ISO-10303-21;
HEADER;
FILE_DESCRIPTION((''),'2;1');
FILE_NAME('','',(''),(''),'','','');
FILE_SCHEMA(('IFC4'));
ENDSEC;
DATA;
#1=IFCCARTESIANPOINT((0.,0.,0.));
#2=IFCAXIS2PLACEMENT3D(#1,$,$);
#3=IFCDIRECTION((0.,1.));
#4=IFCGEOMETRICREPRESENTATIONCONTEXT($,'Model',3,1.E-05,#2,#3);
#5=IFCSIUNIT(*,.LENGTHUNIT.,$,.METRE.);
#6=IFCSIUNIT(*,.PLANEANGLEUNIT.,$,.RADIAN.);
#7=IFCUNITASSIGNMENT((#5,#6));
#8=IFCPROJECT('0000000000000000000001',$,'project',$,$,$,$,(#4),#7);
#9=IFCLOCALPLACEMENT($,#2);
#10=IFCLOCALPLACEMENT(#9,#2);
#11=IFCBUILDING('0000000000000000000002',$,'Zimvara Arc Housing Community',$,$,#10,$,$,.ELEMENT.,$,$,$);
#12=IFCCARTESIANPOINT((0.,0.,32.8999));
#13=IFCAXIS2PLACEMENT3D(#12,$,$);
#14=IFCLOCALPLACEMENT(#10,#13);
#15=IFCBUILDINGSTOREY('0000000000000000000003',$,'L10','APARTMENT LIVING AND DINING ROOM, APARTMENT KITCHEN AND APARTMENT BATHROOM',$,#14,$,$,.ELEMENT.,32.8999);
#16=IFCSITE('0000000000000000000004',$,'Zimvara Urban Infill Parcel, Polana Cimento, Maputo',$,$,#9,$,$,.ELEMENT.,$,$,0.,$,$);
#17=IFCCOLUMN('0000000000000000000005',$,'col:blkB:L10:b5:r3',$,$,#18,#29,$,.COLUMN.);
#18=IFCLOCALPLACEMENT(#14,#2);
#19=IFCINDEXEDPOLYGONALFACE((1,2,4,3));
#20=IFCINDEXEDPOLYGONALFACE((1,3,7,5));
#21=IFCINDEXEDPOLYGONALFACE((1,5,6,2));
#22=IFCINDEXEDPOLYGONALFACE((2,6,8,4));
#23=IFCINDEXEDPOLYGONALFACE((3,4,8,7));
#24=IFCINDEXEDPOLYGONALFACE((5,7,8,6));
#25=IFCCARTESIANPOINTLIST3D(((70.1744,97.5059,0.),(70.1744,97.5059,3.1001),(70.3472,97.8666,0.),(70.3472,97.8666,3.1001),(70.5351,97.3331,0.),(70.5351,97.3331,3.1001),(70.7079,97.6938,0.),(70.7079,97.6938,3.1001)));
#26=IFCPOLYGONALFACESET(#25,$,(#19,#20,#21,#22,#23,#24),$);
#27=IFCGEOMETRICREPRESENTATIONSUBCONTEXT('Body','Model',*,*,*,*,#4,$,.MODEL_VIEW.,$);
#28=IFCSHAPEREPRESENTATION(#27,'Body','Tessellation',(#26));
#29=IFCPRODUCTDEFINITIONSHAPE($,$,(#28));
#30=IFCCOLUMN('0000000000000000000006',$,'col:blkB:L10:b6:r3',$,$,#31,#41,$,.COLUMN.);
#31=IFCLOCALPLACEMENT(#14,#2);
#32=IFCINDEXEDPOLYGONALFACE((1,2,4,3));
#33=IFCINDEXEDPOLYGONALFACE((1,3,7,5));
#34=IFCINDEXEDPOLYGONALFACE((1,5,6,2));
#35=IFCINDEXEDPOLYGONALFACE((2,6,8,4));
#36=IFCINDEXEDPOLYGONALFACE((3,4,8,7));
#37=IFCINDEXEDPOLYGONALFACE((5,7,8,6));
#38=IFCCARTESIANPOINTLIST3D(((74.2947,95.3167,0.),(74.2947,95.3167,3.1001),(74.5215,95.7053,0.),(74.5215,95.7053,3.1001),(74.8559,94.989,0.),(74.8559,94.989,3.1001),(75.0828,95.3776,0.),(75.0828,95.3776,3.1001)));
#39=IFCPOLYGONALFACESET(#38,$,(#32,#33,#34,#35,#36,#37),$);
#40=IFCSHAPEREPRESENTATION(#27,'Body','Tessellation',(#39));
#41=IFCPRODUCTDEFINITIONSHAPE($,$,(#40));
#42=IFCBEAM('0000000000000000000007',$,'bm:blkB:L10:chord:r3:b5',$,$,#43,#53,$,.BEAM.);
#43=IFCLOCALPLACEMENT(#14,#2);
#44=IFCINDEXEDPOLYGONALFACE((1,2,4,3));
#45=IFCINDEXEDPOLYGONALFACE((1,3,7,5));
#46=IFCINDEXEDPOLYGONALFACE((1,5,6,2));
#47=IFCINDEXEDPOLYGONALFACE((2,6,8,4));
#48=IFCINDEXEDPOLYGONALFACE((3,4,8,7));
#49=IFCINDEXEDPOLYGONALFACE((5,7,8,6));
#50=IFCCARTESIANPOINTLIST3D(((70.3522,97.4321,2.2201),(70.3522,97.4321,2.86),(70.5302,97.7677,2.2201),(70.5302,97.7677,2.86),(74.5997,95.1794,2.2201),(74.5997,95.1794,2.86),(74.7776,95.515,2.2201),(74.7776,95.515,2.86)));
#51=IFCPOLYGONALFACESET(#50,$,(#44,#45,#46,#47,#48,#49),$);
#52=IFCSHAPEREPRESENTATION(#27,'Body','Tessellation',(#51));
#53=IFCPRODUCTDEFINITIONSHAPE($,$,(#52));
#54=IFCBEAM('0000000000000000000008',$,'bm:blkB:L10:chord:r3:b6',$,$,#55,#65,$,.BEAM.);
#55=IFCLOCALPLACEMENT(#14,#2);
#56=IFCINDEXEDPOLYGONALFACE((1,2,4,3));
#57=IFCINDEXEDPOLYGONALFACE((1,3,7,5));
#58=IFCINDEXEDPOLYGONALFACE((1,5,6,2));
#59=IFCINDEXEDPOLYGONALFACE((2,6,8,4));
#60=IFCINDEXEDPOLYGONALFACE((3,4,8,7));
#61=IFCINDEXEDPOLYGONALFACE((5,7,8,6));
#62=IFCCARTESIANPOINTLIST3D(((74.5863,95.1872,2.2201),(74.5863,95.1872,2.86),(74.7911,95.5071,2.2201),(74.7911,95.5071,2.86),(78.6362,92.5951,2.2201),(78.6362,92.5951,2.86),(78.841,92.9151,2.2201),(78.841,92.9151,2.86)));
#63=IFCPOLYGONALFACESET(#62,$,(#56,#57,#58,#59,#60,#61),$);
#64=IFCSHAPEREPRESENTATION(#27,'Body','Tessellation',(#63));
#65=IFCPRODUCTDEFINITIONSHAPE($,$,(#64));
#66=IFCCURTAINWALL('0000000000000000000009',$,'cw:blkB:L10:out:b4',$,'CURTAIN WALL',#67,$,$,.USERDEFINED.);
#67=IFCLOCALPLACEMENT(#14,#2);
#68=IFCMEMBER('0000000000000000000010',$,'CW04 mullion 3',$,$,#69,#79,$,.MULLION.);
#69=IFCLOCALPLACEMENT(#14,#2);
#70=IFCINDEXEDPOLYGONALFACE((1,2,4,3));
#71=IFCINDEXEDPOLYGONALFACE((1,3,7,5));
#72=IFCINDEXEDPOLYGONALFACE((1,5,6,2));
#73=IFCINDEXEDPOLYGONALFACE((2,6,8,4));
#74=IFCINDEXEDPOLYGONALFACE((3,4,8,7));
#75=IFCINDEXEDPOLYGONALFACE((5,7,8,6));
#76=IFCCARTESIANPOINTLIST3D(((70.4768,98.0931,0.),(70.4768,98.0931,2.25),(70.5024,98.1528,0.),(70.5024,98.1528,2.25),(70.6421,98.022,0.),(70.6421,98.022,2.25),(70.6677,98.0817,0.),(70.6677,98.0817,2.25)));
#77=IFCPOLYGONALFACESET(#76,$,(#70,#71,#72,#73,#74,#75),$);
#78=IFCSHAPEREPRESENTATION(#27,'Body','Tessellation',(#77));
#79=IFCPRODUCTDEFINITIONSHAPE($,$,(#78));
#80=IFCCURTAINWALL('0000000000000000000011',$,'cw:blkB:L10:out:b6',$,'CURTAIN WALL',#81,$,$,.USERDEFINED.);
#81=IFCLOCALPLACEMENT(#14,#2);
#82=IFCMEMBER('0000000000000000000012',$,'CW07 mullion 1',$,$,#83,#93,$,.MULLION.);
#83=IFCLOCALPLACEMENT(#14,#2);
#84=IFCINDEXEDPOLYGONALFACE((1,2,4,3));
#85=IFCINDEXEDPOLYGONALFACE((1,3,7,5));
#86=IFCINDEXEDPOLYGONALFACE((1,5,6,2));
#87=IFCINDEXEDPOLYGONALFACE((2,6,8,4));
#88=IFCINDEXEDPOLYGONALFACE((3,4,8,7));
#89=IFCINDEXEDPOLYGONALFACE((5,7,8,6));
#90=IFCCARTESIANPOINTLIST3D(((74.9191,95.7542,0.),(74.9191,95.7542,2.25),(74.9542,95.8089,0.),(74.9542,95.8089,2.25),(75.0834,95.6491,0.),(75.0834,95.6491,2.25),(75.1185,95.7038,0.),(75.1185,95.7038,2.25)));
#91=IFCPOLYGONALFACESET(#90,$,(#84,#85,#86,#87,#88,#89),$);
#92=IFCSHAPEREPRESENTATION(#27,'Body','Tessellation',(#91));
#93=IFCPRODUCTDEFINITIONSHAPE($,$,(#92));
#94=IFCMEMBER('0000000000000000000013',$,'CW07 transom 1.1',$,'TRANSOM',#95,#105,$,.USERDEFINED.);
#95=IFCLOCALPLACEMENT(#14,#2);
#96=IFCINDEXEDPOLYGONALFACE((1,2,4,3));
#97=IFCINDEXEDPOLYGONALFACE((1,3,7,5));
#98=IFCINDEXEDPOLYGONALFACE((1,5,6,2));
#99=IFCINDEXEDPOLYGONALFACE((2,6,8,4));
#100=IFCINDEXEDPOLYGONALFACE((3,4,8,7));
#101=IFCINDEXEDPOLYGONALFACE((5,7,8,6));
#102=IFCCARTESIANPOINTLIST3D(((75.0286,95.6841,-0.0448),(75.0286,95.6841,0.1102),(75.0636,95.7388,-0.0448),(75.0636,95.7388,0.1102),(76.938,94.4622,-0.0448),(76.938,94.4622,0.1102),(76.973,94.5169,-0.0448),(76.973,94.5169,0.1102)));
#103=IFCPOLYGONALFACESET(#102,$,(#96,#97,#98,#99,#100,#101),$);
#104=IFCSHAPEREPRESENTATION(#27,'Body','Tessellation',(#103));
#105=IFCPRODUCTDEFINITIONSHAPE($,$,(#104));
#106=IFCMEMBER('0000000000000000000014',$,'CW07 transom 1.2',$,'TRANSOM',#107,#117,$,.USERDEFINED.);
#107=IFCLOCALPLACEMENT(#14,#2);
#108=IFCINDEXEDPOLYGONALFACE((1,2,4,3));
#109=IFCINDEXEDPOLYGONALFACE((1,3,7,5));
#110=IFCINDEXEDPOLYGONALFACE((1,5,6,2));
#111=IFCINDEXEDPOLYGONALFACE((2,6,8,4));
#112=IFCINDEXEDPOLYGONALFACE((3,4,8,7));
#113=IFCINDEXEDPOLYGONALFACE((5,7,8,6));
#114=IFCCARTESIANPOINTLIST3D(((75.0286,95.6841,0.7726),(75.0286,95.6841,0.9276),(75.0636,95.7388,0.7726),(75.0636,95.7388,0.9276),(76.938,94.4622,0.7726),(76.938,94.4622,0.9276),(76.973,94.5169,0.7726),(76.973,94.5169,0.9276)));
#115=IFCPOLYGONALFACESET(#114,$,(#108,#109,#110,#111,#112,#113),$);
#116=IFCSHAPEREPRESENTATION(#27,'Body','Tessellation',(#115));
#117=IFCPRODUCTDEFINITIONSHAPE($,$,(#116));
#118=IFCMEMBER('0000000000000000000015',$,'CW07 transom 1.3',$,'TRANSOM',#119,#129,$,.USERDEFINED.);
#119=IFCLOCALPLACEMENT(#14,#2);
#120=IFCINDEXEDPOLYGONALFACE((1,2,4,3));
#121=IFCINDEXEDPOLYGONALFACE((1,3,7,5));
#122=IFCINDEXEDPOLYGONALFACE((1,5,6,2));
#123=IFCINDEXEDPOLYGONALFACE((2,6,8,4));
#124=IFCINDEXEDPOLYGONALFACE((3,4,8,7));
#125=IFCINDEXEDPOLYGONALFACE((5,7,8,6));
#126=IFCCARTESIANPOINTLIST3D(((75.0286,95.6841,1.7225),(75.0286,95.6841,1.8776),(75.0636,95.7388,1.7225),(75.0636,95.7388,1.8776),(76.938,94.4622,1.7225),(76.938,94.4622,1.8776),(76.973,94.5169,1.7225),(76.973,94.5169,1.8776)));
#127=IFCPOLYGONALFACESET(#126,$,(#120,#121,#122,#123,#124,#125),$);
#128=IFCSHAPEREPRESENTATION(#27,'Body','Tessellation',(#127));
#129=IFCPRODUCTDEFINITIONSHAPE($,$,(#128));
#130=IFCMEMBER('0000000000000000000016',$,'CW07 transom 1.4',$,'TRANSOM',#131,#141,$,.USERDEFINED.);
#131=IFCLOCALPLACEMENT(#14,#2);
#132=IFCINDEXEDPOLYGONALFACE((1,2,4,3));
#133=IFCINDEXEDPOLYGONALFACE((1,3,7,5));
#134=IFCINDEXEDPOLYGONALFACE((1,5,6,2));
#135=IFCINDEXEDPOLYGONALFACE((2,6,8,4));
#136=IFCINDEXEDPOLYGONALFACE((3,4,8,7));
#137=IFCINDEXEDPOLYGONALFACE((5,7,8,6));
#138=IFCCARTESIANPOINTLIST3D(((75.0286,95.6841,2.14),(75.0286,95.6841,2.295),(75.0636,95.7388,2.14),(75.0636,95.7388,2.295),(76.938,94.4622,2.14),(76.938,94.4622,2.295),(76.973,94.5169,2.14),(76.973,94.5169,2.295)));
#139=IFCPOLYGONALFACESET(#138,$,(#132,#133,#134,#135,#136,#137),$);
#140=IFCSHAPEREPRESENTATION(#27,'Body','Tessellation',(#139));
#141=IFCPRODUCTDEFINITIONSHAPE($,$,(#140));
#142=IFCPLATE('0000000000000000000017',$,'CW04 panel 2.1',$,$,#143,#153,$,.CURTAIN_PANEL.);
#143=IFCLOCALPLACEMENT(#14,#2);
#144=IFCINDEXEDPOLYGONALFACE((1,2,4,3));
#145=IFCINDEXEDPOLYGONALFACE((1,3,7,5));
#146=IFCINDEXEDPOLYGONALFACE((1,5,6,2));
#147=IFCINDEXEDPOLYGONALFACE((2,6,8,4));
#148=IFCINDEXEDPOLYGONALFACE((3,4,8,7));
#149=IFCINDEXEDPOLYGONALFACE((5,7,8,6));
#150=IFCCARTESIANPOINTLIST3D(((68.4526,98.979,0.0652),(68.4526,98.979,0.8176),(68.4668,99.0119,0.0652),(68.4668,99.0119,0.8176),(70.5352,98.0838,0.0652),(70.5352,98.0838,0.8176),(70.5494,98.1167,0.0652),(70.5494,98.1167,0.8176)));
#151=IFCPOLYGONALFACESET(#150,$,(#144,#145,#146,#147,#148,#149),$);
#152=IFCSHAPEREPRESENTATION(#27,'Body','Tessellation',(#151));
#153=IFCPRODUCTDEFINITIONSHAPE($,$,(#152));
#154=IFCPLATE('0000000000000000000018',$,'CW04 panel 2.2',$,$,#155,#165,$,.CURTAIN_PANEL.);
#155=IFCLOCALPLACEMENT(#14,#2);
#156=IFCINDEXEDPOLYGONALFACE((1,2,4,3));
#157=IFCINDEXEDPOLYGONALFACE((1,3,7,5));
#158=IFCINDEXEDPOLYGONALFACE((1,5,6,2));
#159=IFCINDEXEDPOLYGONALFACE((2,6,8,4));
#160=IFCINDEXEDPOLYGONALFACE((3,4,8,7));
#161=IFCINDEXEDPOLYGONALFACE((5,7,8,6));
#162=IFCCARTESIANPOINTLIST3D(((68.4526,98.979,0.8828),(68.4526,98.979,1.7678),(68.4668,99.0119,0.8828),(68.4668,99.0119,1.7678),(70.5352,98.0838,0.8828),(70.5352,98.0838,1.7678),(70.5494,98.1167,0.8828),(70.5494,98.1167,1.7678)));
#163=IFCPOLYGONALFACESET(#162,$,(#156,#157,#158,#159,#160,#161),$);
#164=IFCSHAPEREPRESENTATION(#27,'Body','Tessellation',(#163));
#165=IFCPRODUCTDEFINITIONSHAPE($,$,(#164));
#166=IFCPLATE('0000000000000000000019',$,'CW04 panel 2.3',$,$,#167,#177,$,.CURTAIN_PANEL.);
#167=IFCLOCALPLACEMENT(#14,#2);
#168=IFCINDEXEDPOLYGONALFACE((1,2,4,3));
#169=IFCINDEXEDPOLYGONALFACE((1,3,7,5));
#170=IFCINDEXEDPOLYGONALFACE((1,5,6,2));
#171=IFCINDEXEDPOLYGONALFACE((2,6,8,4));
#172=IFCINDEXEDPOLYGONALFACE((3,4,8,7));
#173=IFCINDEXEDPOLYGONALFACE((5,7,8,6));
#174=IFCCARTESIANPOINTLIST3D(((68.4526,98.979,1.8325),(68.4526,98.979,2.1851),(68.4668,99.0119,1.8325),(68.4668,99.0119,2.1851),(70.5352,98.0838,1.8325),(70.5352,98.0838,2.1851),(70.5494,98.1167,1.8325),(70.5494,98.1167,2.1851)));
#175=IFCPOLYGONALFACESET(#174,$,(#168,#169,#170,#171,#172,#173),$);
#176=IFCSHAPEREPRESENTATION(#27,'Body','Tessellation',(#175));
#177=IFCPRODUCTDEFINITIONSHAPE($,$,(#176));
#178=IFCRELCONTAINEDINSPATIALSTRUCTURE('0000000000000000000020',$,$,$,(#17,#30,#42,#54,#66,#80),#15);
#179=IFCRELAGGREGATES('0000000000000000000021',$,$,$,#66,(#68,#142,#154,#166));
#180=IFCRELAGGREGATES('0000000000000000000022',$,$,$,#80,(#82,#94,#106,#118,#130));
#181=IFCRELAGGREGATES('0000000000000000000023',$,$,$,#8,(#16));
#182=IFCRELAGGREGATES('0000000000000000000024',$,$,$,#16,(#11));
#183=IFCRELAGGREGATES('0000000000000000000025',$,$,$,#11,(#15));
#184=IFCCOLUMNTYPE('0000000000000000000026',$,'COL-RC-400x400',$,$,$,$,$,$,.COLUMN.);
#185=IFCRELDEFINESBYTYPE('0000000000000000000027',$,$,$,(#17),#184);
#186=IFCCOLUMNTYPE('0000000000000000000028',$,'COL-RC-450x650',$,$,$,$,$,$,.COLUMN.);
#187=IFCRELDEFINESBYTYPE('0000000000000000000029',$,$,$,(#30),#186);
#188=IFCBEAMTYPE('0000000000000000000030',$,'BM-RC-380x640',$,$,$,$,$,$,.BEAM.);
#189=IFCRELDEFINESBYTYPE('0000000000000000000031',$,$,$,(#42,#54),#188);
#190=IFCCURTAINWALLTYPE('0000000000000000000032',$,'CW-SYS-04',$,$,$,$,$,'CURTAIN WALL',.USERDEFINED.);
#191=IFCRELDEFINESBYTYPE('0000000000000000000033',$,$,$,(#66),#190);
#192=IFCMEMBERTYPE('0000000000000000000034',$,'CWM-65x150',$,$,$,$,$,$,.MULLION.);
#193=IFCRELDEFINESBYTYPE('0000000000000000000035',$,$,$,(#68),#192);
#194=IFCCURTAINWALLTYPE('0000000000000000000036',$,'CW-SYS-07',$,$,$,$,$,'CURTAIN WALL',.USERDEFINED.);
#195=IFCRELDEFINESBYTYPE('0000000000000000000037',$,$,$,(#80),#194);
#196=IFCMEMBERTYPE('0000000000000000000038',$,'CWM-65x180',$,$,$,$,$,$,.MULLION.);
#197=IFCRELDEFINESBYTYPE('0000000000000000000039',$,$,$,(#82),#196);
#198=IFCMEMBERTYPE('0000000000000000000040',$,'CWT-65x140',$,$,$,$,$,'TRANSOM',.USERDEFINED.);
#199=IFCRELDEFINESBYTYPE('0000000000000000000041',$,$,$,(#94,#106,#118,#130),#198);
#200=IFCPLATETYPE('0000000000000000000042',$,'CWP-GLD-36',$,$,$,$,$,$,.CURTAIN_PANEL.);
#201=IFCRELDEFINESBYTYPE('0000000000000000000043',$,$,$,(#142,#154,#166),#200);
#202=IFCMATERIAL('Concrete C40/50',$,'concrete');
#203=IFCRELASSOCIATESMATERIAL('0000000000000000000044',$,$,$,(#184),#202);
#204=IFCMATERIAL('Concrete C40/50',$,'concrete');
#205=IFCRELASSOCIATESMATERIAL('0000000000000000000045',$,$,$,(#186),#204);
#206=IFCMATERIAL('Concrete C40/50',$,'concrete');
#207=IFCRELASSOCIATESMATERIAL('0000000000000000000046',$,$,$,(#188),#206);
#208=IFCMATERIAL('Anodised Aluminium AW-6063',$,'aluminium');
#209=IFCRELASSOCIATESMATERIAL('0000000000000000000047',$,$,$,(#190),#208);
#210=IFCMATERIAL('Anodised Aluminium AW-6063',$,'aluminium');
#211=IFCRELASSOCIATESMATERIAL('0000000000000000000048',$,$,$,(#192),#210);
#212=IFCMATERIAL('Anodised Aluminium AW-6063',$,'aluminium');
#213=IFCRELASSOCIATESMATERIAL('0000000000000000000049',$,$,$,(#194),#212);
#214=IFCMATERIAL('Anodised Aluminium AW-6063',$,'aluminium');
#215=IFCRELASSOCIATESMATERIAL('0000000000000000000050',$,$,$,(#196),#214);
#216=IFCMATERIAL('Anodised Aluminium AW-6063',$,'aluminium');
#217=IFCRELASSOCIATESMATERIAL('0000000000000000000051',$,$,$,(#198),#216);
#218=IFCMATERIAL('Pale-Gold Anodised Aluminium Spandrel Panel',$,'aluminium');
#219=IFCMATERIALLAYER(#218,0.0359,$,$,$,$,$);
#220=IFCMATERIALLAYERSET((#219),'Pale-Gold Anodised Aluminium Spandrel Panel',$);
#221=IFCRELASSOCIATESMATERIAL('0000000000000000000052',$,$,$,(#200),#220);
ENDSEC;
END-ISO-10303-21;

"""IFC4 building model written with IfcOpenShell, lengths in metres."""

from ifc_helpers import new_model, si_unit, direction, frame, origin, origin_2d, place, context, subcontext, project, spatial, rectangle, extrude, material, layer, layer_set, material_profile, profile_set, type_object, element, aggregate, save


model = new_model("IFC4")

# Units and contexts
model_context = context("Model", 3, precision=1e-05, world=origin(), true_north=direction((0.0, 1.0)))
body_context = subcontext(model_context, "Body", "Model", "MODEL_VIEW")
ifc_project = project(units=[si_unit("LENGTHUNIT", "METRE"), si_unit("PLANEANGLEUNIT", "RADIAN")], contexts=[model_context])

# Site, building, storey
site_placement = place(None, origin())
site = spatial("IfcSite", under=ifc_project, at=site_placement, Name="Zimvara Urban Infill Parcel, Polana Cimento, Maputo", CompositionType="ELEMENT", RefElevation=0.0)
building_placement = place(site_placement, origin())
building = spatial("IfcBuilding", under=site, at=building_placement, Name="Zimvara Arc Housing Community", CompositionType="ELEMENT")
storey_placement = place(building_placement, frame((0.0, 0.0, 32.8999)))
storey = spatial("IfcBuildingStorey", under=building, at=storey_placement, Name="L10", Description="APARTMENT LIVING AND DINING ROOM, APARTMENT KITCHEN AND APARTMENT BATHROOM", CompositionType="ELEMENT", Elevation=32.8999)

# Columns
ifc_material_1 = material(Name="Concrete C40/50", Category="concrete")
ifc_material_profile_1 = material_profile(ifc_material_1, rectangle(XDim=0.3999, YDim=0.3999, at=origin_2d()), Name="RC 400x400")
ifc_profile_set_1 = profile_set([ifc_material_profile_1], Name="Concrete C40/50")
column_type_1 = type_object("IfcColumnType", Name="COL-RC-400x400", PredefinedType="COLUMN", material=ifc_profile_set_1)
column_1_placement = place(storey_placement, frame((70.4412, 97.5999, 0.0), z_axis=(0.0, 0.0, 1.0), x_axis=(0.432086, 0.901833, 0.0)))
element("IfcColumn", 1, at=column_1_placement, inside=storey, type_object=column_type_1, Name="col:blkB:L10:b5:r3", PredefinedType="COLUMN", context=body_context, shape_type="SweptSolid", body=[
    extrude(rectangle(XDim=0.3999, YDim=0.3999, at=origin_2d()), origin(), (0.0, 0.0, 1.0), 3.1001),
])
ifc_material_2 = material(Name="Concrete C40/50", Category="concrete")
ifc_material_profile_2 = material_profile(ifc_material_2, rectangle(XDim=0.45, YDim=0.6499, at=origin_2d()), Name="RC 450x650")
ifc_profile_set_2 = profile_set([ifc_material_profile_2], Name="Concrete C40/50")
column_type_2 = type_object("IfcColumnType", Name="COL-RC-450x650", PredefinedType="COLUMN", material=ifc_profile_set_2)
column_2_placement = place(storey_placement, frame((74.6887, 95.3472, 0.0), z_axis=(0.0, 0.0, 1.0), x_axis=(0.504226, 0.863572, 0.0)))
element("IfcColumn", 2, at=column_2_placement, inside=storey, type_object=column_type_2, Name="col:blkB:L10:b6:r3", PredefinedType="COLUMN", context=body_context, shape_type="SweptSolid", body=[
    extrude(rectangle(XDim=0.45, YDim=0.6499, at=origin_2d()), origin(), (0.0, 0.0, 1.0), 3.1001),
])

# Beams
ifc_material_3 = material(Name="Concrete C40/50", Category="concrete")
ifc_material_profile_3 = material_profile(ifc_material_3, rectangle(XDim=0.3799, YDim=0.6399, at=origin_2d()), Name="RC 380x640")
ifc_profile_set_3 = profile_set([ifc_material_profile_3], Name="Concrete C40/50")
beam_type = type_object("IfcBeamType", Name="BM-RC-380x640", PredefinedType="BEAM", material=ifc_profile_set_3)
beam_1_placement = place(storey_placement, frame((70.4412, 97.5999, 2.54), z_axis=(0.883446, -0.468534, 0.0), x_axis=(0.468534, 0.883446, 0.0)))
element("IfcBeam", 3, at=beam_1_placement, inside=storey, type_object=beam_type, Name="bm:blkB:L10:chord:r3:b5", PredefinedType="BEAM", context=body_context, shape_type="SweptSolid", body=[
    extrude(rectangle(XDim=0.3799, YDim=0.6399, at=origin_2d()), origin(), (0.0, 0.0, 1.0), 4.8079),
])
beam_2_placement = place(storey_placement, frame((74.6887, 95.3472, 2.54), z_axis=(0.842256, -0.539078, 0.0), x_axis=(0.539078, 0.842256, 0.0)))
element("IfcBeam", 4, at=beam_2_placement, inside=storey, type_object=beam_type, Name="bm:blkB:L10:chord:r3:b6", PredefinedType="BEAM", context=body_context, shape_type="SweptSolid", body=[
    extrude(rectangle(XDim=0.3799, YDim=0.6399, at=origin_2d()), origin(), (0.0, 0.0, 1.0), 4.8083),
])

# Curtain wall, member
ifc_material_4 = material(Name="Anodised Aluminium AW-6063", Category="aluminium")
curtain_wall_type_1 = type_object("IfcCurtainWallType", Name="CW-SYS-04", ElementType="CURTAIN WALL", PredefinedType="USERDEFINED", material=ifc_material_4)
curtain_wall_1_placement = place(storey_placement, origin())
curtain_wall_1 = element("IfcCurtainWall", 5, at=curtain_wall_1_placement, inside=storey, type_object=curtain_wall_type_1, Name="cw:blkB:L10:out:b4", ObjectType="CURTAIN WALL", PredefinedType="USERDEFINED")
ifc_material_5 = material(Name="Anodised Aluminium AW-6063", Category="aluminium")
ifc_material_profile_4 = material_profile(ifc_material_5, rectangle(XDim=0.0649, YDim=0.1799, at=origin_2d()), Name="ALU 65x180")
ifc_profile_set_4 = profile_set([ifc_material_profile_4], Name="Anodised Aluminium AW-6063")
member_type_1 = type_object("IfcMemberType", Name="CWM-65x150", PredefinedType="MULLION", material=ifc_profile_set_4)
member_1_placement = place(storey_placement, frame((70.5723, 98.0874, 0.0), z_axis=(0.0, 0.0, 1.0), x_axis=(0.394904, 0.918722, 0.0)))
member_1 = element("IfcMember", 6, at=member_1_placement, type_object=member_type_1, Name="CW04 mullion 3", PredefinedType="MULLION", context=body_context, shape_type="SweptSolid", body=[
    extrude(rectangle(XDim=0.0649, YDim=0.1799, at=origin_2d()), origin(), (0.0, 0.0, 1.0), 2.25),
])

# Curtain wall, members
ifc_material_6 = material(Name="Anodised Aluminium AW-6063", Category="aluminium")
curtain_wall_type_2 = type_object("IfcCurtainWallType", Name="CW-SYS-07", ElementType="CURTAIN WALL", PredefinedType="USERDEFINED", material=ifc_material_6)
curtain_wall_2_placement = place(storey_placement, origin())
curtain_wall_2 = element("IfcCurtainWall", 7, at=curtain_wall_2_placement, inside=storey, type_object=curtain_wall_type_2, Name="cw:blkB:L10:out:b6", ObjectType="CURTAIN WALL", PredefinedType="USERDEFINED")
ifc_material_7 = material(Name="Anodised Aluminium AW-6063", Category="aluminium")
ifc_material_profile_5 = material_profile(ifc_material_7, rectangle(XDim=0.0649, YDim=0.1951, at=origin_2d()), Name="ALU 65x195")
ifc_profile_set_5 = profile_set([ifc_material_profile_5], Name="Anodised Aluminium AW-6063")
member_type_2 = type_object("IfcMemberType", Name="CWM-65x180", PredefinedType="MULLION", material=ifc_profile_set_5)
member_2_placement = place(storey_placement, frame((75.0188, 95.729, 0.0), z_axis=(0.0, 0.0, 1.0), x_axis=(0.539065, 0.842264, 0.0)))
member_2 = element("IfcMember", 8, at=member_2_placement, type_object=member_type_2, Name="CW07 mullion 1", PredefinedType="MULLION", context=body_context, shape_type="SweptSolid", body=[
    extrude(rectangle(XDim=0.0649, YDim=0.1951, at=origin_2d()), origin(), (0.0, 0.0, 1.0), 2.25),
])
ifc_material_8 = material(Name="Anodised Aluminium AW-6063", Category="aluminium")
ifc_material_profile_6 = material_profile(ifc_material_8, rectangle(XDim=0.0649, YDim=0.155, at=origin_2d()), Name="ALU 65x155")
ifc_profile_set_6 = profile_set([ifc_material_profile_6], Name="Anodised Aluminium AW-6063")
member_type_3 = type_object("IfcMemberType", Name="CWT-65x140", ElementType="TRANSOM", PredefinedType="USERDEFINED", material=ifc_profile_set_6)
member_3_placement = place(storey_placement, frame((75.0461, 95.7114, 0.0327), z_axis=(0.842293, -0.53902, 0.0), x_axis=(0.53902, 0.842293, 0.0)))
member_3 = element("IfcMember", 9, at=member_3_placement, type_object=member_type_3, Name="CW07 transom 1.1", ObjectType="TRANSOM", PredefinedType="USERDEFINED", context=body_context, shape_type="SweptSolid", body=[
    extrude(rectangle(XDim=0.0649, YDim=0.155, at=origin_2d()), origin(), (0.0, 0.0, 1.0), 2.2668),
])
member_4_placement = place(storey_placement, frame((75.0461, 95.7114, 0.8501), z_axis=(0.842293, -0.53902, 0.0), x_axis=(0.53902, 0.842293, 0.0)))
member_4 = element("IfcMember", 10, at=member_4_placement, type_object=member_type_3, Name="CW07 transom 1.2", ObjectType="TRANSOM", PredefinedType="USERDEFINED", context=body_context, shape_type="SweptSolid", body=[
    extrude(rectangle(XDim=0.0649, YDim=0.155, at=origin_2d()), origin(), (0.0, 0.0, 1.0), 2.2668),
])
member_5_placement = place(storey_placement, frame((75.0461, 95.7114, 1.8), z_axis=(0.842293, -0.53902, 0.0), x_axis=(0.53902, 0.842293, 0.0)))
member_5 = element("IfcMember", 11, at=member_5_placement, type_object=member_type_3, Name="CW07 transom 1.3", ObjectType="TRANSOM", PredefinedType="USERDEFINED", context=body_context, shape_type="SweptSolid", body=[
    extrude(rectangle(XDim=0.0649, YDim=0.155, at=origin_2d()), origin(), (0.0, 0.0, 1.0), 2.2668),
])
member_6_placement = place(storey_placement, frame((75.0461, 95.7114, 2.2175), z_axis=(0.842293, -0.53902, 0.0), x_axis=(0.53902, 0.842293, 0.0)))
member_6 = element("IfcMember", 12, at=member_6_placement, type_object=member_type_3, Name="CW07 transom 1.4", ObjectType="TRANSOM", PredefinedType="USERDEFINED", context=body_context, shape_type="SweptSolid", body=[
    extrude(rectangle(XDim=0.0649, YDim=0.155, at=origin_2d()), origin(), (0.0, 0.0, 1.0), 2.2668),
])

# Plates
ifc_material_9 = material(Name="Pale-Gold Anodised Aluminium Spandrel Panel", Category="aluminium")
ifc_layer_1 = layer(ifc_material_9, 0.0359)
ifc_layer_set_1 = layer_set([ifc_layer_1], Name="Pale-Gold Anodised Aluminium Spandrel Panel")
plate_type_1 = type_object("IfcPlateType", Name="CWP-GLD-36", PredefinedType="CURTAIN_PANEL", material=ifc_layer_set_1)
plate_1_placement = place(storey_placement, frame((69.501, 98.5479, 0.0652), z_axis=(0.0, 0.0, 1.0), x_axis=(0.918722, -0.394904, 0.0)))
plate_1 = element("IfcPlate", 13, at=plate_1_placement, type_object=plate_type_1, Name="CW04 panel 2.1", PredefinedType="CURTAIN_PANEL", context=body_context, shape_type="SweptSolid", body=[
    extrude(rectangle(XDim=2.2668, YDim=0.0359, at=origin_2d()), origin(), (0.0, 0.0, 1.0), 0.7524),
])
plate_2_placement = place(storey_placement, frame((69.501, 98.5479, 0.8828), z_axis=(0.0, 0.0, 1.0), x_axis=(0.918722, -0.394904, 0.0)))
plate_2 = element("IfcPlate", 14, at=plate_2_placement, type_object=plate_type_1, Name="CW04 panel 2.2", PredefinedType="CURTAIN_PANEL", context=body_context, shape_type="SweptSolid", body=[
    extrude(rectangle(XDim=2.2668, YDim=0.0359, at=origin_2d()), origin(), (0.0, 0.0, 1.0), 0.885),
])
plate_3_placement = place(storey_placement, frame((69.501, 98.5479, 1.8325), z_axis=(0.0, 0.0, 1.0), x_axis=(0.918722, -0.394904, 0.0)))
plate_3 = element("IfcPlate", 15, at=plate_3_placement, type_object=plate_type_1, Name="CW04 panel 2.3", PredefinedType="CURTAIN_PANEL", context=body_context, shape_type="SweptSolid", body=[
    extrude(rectangle(XDim=2.2668, YDim=0.0359, at=origin_2d()), origin(), (0.0, 0.0, 1.0), 0.3525),
])
aggregate(curtain_wall_1, [member_1, plate_1, plate_2, plate_3])
aggregate(curtain_wall_2, [member_2, member_3, member_4, member_5, member_6])

save(model, "model.ifc")
